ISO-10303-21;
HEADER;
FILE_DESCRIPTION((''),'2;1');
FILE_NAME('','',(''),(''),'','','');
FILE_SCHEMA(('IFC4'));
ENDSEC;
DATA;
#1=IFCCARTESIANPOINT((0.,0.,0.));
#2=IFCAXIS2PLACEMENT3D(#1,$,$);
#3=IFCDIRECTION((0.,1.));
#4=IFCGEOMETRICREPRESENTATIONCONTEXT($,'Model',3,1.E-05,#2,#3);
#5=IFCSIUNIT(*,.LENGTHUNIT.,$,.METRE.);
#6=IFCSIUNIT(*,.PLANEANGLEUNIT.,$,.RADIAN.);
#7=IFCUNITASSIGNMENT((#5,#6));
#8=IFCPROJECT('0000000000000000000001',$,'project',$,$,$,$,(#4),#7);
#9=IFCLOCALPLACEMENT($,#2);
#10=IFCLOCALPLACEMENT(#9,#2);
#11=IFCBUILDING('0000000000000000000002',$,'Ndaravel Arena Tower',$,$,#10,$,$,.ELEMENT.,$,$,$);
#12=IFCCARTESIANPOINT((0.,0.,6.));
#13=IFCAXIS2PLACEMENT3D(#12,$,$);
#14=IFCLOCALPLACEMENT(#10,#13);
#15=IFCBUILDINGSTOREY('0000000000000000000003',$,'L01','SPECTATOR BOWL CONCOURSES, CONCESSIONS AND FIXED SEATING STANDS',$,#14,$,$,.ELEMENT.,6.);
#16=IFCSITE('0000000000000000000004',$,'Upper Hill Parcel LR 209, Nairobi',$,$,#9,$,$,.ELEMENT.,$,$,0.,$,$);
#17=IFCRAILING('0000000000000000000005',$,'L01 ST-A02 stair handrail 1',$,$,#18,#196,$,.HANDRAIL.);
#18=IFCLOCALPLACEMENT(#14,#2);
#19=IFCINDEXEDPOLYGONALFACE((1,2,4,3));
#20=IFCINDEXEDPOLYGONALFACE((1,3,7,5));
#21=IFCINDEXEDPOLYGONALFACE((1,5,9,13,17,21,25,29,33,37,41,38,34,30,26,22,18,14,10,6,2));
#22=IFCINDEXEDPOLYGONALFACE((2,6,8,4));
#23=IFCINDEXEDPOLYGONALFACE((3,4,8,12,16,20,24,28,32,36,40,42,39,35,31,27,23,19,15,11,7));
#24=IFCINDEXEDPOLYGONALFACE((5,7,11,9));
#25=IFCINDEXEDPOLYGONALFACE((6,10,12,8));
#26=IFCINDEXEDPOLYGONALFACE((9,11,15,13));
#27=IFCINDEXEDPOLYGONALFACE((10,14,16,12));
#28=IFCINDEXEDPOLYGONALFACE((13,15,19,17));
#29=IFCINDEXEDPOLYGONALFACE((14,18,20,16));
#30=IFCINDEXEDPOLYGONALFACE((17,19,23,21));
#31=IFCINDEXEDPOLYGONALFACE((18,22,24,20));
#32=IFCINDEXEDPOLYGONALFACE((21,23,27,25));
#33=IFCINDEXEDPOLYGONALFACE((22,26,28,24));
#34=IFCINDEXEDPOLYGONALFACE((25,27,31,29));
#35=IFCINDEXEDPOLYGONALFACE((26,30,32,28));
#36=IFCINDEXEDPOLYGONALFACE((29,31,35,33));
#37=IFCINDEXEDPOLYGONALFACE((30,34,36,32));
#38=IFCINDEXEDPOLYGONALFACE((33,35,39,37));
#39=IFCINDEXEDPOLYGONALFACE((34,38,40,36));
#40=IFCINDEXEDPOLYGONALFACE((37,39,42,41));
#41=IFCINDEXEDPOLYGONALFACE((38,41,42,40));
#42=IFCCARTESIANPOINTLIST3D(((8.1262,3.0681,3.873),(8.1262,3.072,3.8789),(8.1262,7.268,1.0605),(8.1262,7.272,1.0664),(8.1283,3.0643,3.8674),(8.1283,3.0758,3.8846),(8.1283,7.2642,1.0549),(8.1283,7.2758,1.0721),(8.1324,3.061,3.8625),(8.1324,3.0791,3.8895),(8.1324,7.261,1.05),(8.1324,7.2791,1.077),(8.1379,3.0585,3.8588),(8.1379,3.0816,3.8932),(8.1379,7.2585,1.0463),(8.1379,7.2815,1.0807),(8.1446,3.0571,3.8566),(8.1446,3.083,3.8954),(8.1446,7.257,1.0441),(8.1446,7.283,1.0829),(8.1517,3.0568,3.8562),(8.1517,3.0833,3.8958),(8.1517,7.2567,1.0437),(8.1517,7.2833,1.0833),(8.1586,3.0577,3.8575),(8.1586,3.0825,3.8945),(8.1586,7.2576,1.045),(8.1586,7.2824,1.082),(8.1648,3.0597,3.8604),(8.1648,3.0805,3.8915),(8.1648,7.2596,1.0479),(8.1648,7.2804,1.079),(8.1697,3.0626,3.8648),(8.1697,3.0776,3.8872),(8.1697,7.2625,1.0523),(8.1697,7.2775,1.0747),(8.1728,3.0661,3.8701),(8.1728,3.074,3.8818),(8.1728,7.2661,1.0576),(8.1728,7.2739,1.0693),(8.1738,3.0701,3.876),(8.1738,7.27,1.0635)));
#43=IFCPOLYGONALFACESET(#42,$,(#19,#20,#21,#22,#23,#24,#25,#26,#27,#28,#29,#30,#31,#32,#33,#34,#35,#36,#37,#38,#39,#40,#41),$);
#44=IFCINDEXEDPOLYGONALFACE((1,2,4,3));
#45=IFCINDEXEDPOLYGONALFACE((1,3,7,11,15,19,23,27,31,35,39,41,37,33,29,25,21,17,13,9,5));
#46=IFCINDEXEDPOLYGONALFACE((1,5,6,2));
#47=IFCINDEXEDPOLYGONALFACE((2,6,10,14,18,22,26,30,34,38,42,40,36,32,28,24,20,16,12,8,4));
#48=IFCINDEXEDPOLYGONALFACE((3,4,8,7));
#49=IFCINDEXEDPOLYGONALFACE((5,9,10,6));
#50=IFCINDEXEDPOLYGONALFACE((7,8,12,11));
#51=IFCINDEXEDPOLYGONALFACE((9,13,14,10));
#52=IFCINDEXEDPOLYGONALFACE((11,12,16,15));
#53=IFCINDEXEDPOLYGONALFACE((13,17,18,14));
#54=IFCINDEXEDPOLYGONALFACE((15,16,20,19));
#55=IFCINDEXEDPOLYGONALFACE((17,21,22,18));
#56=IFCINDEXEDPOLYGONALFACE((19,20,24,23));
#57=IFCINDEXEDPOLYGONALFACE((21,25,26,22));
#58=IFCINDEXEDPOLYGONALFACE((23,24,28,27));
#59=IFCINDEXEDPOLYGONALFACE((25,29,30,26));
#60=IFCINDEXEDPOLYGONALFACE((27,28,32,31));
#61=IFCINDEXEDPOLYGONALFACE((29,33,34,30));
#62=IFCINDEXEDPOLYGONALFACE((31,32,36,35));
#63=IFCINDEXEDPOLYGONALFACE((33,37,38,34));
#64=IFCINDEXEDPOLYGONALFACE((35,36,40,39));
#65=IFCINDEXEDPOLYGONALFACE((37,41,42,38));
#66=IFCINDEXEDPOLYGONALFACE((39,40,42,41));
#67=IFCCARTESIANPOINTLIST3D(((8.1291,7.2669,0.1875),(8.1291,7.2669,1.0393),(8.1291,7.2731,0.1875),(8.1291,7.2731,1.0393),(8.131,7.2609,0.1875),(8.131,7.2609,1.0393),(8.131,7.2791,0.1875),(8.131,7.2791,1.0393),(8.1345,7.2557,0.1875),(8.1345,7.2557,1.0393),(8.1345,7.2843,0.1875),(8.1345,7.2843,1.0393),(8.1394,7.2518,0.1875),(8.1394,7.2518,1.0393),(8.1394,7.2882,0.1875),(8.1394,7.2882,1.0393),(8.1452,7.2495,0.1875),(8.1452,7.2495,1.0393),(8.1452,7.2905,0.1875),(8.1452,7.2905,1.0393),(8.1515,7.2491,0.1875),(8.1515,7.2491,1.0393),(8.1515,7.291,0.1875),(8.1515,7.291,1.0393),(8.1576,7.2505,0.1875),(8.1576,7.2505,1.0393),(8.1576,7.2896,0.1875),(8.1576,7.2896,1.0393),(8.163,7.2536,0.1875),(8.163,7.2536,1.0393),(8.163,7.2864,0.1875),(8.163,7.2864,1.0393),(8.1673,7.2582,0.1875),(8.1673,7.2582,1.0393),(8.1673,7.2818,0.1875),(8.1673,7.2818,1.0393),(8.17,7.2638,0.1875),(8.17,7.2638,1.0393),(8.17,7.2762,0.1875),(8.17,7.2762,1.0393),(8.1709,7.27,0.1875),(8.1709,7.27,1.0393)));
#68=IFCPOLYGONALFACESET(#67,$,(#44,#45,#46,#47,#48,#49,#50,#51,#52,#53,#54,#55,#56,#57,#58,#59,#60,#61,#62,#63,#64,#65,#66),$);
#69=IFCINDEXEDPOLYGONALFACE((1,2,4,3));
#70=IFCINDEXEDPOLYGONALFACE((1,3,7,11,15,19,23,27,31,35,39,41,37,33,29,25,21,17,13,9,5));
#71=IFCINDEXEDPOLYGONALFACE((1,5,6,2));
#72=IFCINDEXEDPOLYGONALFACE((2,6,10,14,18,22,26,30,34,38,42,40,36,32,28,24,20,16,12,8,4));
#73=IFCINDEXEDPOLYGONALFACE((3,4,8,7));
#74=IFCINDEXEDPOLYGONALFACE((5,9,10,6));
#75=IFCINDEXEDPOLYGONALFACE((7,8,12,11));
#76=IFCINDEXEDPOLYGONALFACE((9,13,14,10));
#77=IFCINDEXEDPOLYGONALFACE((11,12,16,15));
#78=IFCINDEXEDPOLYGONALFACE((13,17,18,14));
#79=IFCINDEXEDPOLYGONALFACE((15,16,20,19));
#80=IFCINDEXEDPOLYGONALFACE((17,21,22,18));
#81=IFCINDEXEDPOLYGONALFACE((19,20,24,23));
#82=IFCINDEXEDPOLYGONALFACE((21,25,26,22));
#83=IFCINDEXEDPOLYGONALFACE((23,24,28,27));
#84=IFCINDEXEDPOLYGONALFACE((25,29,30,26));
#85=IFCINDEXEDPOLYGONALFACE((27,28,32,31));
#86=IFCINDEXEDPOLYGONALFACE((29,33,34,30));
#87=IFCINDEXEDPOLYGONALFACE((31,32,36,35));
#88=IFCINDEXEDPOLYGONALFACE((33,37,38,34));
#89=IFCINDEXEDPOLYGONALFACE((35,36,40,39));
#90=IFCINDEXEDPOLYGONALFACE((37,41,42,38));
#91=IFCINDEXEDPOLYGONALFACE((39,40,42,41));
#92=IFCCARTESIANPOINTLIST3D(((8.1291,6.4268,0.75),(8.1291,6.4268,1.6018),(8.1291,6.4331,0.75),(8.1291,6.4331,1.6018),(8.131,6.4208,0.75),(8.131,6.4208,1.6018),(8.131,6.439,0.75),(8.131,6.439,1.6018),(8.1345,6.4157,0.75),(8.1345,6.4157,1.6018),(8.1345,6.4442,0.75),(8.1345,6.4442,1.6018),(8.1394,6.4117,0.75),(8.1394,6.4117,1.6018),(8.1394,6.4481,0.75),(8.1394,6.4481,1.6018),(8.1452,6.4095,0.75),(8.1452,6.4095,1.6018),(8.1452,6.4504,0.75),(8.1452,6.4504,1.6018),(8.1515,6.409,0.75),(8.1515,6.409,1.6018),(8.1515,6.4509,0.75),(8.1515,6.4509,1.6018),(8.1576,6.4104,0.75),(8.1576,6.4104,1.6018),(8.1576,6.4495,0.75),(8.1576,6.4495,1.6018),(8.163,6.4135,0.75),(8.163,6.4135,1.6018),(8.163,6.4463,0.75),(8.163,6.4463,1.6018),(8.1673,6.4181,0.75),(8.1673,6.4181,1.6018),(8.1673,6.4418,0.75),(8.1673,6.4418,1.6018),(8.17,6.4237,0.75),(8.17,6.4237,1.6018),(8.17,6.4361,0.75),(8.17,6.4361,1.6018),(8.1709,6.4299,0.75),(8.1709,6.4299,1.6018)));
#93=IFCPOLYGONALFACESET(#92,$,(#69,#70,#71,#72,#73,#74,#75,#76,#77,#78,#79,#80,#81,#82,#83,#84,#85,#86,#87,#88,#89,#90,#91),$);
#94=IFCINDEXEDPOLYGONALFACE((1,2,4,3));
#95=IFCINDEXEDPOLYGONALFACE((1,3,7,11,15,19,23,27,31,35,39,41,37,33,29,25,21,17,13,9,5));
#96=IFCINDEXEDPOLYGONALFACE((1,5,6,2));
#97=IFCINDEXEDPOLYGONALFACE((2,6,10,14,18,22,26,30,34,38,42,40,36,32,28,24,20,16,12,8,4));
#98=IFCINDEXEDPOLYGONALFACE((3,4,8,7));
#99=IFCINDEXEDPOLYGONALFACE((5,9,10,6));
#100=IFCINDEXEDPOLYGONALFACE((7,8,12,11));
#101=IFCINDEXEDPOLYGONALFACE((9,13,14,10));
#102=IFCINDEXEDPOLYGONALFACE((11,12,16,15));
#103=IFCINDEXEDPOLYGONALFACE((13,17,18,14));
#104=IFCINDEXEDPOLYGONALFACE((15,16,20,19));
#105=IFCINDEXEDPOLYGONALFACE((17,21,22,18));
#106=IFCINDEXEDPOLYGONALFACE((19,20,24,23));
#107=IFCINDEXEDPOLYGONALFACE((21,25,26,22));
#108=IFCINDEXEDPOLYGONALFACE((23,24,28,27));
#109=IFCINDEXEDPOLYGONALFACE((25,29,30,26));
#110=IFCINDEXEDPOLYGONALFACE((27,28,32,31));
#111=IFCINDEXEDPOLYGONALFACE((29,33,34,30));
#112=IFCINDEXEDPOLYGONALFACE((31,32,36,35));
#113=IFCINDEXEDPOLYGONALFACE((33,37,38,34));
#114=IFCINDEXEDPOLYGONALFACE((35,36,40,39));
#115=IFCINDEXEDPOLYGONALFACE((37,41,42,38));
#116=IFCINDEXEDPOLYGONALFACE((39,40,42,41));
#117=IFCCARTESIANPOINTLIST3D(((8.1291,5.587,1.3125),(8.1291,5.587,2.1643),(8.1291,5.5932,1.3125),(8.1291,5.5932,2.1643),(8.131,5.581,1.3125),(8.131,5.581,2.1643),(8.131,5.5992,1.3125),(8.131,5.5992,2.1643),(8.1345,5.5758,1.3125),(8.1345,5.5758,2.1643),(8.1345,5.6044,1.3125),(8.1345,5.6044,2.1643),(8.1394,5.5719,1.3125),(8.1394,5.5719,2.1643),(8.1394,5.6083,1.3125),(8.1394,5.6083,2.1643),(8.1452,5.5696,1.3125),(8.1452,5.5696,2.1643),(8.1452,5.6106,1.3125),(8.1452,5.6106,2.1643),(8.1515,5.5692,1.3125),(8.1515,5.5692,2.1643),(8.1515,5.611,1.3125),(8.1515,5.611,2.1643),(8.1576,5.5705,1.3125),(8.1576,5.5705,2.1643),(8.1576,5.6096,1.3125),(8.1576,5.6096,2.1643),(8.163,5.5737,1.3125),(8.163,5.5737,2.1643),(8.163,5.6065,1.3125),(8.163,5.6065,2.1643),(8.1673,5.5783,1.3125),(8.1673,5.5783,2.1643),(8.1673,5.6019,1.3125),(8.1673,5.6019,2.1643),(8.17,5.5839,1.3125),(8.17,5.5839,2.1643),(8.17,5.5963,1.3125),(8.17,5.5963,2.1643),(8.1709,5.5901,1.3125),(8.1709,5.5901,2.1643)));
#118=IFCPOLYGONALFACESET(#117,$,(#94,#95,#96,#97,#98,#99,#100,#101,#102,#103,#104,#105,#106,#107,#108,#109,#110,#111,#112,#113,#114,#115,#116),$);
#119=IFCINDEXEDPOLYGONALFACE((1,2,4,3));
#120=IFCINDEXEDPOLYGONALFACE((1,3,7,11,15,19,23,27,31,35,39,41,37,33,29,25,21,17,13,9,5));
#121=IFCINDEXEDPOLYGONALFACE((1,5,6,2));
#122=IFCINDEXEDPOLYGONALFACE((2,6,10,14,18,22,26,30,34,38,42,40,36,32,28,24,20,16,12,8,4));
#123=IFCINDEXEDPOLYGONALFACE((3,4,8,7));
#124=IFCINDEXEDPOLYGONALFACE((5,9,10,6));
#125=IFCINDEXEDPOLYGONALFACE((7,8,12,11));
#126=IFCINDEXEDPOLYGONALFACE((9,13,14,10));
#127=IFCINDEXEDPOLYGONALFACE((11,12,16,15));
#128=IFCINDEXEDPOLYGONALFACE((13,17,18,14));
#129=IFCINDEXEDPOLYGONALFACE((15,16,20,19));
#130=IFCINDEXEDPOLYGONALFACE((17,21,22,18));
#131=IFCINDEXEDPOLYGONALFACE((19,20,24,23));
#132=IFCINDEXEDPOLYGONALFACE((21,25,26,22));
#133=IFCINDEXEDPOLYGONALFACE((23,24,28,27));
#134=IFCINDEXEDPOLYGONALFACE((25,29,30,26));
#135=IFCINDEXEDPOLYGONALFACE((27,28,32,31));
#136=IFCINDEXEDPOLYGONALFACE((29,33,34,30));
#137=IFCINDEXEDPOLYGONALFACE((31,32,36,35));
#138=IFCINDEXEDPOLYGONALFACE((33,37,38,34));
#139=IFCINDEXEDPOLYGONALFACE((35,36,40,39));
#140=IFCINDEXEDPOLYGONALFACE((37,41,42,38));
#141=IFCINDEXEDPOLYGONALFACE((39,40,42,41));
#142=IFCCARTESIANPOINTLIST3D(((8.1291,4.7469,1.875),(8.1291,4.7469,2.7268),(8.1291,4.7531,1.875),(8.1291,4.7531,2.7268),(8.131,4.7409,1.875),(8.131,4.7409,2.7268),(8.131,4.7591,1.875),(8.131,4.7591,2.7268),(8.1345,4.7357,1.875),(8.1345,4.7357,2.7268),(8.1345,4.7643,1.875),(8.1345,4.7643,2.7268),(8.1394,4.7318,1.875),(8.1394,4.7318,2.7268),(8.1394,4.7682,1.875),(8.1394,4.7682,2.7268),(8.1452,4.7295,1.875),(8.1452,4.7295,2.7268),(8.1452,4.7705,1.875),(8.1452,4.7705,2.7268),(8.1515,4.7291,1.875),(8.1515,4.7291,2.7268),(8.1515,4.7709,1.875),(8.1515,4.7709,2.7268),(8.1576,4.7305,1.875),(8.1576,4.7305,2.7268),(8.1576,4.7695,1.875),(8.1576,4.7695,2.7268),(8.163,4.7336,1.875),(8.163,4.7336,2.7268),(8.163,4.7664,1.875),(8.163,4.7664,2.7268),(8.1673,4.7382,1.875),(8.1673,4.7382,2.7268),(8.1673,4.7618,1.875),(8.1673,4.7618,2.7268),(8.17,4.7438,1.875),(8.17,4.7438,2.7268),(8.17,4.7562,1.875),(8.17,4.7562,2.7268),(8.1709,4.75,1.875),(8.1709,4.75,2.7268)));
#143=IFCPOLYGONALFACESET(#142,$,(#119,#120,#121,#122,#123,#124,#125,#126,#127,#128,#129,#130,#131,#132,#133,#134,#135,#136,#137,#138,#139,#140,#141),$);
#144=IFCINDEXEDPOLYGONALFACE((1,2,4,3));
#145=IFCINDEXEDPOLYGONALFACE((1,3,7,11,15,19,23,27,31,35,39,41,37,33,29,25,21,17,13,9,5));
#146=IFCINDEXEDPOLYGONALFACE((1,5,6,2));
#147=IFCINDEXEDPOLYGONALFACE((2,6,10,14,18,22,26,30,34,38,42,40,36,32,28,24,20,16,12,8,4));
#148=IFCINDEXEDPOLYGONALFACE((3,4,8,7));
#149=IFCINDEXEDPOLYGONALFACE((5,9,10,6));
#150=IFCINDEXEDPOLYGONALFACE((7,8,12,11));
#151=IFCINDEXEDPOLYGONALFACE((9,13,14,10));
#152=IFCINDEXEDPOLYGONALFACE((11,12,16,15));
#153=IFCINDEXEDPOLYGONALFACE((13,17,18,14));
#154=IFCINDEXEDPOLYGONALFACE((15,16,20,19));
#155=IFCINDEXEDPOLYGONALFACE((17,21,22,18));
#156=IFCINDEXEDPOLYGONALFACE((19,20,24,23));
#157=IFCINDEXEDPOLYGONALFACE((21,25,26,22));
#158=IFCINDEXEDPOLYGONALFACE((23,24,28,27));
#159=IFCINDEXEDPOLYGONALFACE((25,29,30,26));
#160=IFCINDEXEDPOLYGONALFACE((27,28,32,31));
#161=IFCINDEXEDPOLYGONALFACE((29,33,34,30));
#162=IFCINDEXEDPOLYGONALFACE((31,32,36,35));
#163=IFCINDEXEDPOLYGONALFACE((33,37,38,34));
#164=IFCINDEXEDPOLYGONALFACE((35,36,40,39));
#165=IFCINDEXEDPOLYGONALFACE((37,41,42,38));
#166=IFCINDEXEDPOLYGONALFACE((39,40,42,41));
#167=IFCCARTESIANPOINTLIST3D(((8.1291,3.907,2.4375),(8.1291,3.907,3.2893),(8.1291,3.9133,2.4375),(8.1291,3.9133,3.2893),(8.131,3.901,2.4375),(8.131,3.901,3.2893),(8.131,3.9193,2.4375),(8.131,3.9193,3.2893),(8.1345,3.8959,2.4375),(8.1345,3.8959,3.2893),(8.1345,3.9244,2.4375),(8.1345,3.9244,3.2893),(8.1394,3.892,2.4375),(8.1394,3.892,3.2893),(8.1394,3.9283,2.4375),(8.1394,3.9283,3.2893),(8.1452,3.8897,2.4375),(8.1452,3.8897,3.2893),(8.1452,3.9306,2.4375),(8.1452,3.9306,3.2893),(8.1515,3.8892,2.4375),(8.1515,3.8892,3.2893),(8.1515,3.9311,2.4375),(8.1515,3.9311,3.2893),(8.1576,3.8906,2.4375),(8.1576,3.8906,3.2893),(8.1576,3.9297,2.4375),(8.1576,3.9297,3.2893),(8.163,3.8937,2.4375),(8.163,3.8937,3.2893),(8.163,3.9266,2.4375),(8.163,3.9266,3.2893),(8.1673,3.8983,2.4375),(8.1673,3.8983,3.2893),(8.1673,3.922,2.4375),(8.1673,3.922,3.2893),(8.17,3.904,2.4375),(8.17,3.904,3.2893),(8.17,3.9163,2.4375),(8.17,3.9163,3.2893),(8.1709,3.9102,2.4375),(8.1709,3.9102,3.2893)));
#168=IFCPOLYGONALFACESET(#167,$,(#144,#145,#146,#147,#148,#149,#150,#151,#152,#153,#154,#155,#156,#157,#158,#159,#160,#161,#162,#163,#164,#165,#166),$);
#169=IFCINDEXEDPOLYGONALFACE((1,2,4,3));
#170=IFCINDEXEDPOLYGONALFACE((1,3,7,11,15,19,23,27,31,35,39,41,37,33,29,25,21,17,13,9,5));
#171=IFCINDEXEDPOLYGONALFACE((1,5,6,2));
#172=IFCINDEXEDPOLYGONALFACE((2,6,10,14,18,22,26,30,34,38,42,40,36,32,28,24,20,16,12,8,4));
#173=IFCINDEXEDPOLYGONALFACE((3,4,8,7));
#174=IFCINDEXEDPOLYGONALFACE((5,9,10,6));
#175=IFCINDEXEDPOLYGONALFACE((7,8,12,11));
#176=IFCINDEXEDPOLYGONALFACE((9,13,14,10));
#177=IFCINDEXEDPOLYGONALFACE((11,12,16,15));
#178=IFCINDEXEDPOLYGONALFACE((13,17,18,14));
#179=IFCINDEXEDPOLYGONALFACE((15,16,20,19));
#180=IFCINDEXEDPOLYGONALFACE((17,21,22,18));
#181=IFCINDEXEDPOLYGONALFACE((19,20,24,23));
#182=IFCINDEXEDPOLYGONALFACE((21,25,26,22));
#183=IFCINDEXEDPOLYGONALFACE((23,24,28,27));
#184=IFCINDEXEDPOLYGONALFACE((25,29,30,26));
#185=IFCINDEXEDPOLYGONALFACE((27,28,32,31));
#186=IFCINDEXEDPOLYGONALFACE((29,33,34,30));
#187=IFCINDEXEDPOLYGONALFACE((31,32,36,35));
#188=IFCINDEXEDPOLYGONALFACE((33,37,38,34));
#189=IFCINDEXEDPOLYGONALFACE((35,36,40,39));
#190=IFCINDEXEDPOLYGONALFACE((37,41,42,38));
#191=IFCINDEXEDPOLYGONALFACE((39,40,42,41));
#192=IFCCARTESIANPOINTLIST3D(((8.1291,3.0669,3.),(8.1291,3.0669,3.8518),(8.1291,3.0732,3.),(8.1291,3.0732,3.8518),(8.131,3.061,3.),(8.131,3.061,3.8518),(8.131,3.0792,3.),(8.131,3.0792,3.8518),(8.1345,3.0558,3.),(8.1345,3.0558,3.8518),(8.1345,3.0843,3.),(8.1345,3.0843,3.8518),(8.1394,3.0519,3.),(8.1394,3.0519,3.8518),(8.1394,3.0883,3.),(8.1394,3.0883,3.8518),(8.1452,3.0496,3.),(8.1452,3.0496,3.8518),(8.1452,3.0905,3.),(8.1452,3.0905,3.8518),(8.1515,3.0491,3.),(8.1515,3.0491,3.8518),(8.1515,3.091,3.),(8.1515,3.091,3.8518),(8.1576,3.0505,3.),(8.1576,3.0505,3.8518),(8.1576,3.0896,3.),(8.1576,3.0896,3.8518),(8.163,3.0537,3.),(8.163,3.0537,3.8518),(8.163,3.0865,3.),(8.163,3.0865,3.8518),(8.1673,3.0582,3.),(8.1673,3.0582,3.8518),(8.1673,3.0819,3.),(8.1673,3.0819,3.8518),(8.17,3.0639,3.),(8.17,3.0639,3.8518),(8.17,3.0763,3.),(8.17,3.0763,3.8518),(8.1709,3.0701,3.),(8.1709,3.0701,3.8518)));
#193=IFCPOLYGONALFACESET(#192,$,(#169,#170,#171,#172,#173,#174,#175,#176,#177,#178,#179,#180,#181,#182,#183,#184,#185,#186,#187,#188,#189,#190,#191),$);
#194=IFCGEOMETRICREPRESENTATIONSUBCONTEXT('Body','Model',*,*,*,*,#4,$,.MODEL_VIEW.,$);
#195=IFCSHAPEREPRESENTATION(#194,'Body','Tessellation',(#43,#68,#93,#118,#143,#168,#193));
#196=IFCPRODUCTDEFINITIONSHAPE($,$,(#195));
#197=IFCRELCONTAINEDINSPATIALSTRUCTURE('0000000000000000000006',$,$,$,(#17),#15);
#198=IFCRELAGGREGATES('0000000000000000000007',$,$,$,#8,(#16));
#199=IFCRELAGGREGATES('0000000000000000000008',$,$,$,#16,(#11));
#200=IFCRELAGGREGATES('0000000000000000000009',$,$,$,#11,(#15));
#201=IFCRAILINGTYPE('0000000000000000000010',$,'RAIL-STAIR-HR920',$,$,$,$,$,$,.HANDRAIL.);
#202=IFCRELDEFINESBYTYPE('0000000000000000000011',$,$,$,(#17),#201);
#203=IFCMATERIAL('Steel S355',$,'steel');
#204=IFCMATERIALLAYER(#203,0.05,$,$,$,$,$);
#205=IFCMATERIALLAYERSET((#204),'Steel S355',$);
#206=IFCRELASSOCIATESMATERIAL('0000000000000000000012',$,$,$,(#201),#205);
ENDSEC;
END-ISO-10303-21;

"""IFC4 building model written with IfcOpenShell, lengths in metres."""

from ifc_helpers import new_model, si_unit, direction, frame, origin, origin_2d, place, context, subcontext, project, spatial, circle, extrude, material, layer, layer_set, type_object, element, save


model = new_model("IFC4")

# Units and contexts
model_context = context("Model", 3, precision=1e-05, world=origin(), true_north=direction((0.0, 1.0)))
body_context = subcontext(model_context, "Body", "Model", "MODEL_VIEW")
ifc_project = project(units=[si_unit("LENGTHUNIT", "METRE"), si_unit("PLANEANGLEUNIT", "RADIAN")], contexts=[model_context])

# Site, building, storey
site_placement = place(None, origin())
site = spatial("IfcSite", under=ifc_project, at=site_placement, Name="Upper Hill Parcel LR 209, Nairobi", CompositionType="ELEMENT", RefElevation=0.0)
building_placement = place(site_placement, origin())
building = spatial("IfcBuilding", under=site, at=building_placement, Name="Ndaravel Arena Tower", CompositionType="ELEMENT")
storey_placement = place(building_placement, frame((0.0, 0.0, 6.0)))
storey = spatial("IfcBuildingStorey", under=building, at=storey_placement, Name="L01", Description="SPECTATOR BOWL CONCOURSES, CONCESSIONS AND FIXED SEATING STANDS", CompositionType="ELEMENT", Elevation=6.0)

# Railing
ifc_material_1 = material(Name="Steel S355", Category="steel")
ifc_layer_1 = layer(ifc_material_1, 0.05)
ifc_layer_set_1 = layer_set([ifc_layer_1], Name="Steel S355")
railing_type_1 = type_object("IfcRailingType", Name="RAIL-STAIR-HR920", PredefinedType="HANDRAIL", material=ifc_layer_set_1)
railing_1_placement = place(storey_placement, frame((8.1499, 7.27, 0.1875)))
element("IfcRailing", 1, at=railing_1_placement, inside=storey, type_object=railing_type_1, Name="L01 ST-A02 stair handrail 1", PredefinedType="HANDRAIL", context=body_context, shape_type="SweptSolid", body=[
    extrude(circle(Radius=0.0239, at=origin_2d()), frame((0.0, 0.0, 0.876), z_axis=(0.0, -0.830904, 0.556416), x_axis=(1.0, 0.0, 0.0)), (0.0, 0.0, 1.0), 5.0547),
    extrude(circle(Radius=0.021, at=origin_2d()), origin(), (0.0, 0.0, 1.0), 0.8518),
    extrude(circle(Radius=0.021, at=origin_2d()), frame((0.0, -0.8401, 0.5625)), (0.0, 0.0, 1.0), 0.8518),
    extrude(circle(Radius=0.021, at=origin_2d()), frame((0.0, -1.6799, 1.125)), (0.0, 0.0, 1.0), 0.8518),
    extrude(circle(Radius=0.021, at=origin_2d()), frame((0.0, -2.52, 1.6875)), (0.0, 0.0, 1.0), 0.8518),
    extrude(circle(Radius=0.021, at=origin_2d()), frame((0.0, -3.3599, 2.25)), (0.0, 0.0, 1.0), 0.8518),
    extrude(circle(Radius=0.021, at=origin_2d()), frame((0.0, -4.2, 2.8125)), (0.0, 0.0, 1.0), 0.8518),
])

save(model, "model.ifc")
